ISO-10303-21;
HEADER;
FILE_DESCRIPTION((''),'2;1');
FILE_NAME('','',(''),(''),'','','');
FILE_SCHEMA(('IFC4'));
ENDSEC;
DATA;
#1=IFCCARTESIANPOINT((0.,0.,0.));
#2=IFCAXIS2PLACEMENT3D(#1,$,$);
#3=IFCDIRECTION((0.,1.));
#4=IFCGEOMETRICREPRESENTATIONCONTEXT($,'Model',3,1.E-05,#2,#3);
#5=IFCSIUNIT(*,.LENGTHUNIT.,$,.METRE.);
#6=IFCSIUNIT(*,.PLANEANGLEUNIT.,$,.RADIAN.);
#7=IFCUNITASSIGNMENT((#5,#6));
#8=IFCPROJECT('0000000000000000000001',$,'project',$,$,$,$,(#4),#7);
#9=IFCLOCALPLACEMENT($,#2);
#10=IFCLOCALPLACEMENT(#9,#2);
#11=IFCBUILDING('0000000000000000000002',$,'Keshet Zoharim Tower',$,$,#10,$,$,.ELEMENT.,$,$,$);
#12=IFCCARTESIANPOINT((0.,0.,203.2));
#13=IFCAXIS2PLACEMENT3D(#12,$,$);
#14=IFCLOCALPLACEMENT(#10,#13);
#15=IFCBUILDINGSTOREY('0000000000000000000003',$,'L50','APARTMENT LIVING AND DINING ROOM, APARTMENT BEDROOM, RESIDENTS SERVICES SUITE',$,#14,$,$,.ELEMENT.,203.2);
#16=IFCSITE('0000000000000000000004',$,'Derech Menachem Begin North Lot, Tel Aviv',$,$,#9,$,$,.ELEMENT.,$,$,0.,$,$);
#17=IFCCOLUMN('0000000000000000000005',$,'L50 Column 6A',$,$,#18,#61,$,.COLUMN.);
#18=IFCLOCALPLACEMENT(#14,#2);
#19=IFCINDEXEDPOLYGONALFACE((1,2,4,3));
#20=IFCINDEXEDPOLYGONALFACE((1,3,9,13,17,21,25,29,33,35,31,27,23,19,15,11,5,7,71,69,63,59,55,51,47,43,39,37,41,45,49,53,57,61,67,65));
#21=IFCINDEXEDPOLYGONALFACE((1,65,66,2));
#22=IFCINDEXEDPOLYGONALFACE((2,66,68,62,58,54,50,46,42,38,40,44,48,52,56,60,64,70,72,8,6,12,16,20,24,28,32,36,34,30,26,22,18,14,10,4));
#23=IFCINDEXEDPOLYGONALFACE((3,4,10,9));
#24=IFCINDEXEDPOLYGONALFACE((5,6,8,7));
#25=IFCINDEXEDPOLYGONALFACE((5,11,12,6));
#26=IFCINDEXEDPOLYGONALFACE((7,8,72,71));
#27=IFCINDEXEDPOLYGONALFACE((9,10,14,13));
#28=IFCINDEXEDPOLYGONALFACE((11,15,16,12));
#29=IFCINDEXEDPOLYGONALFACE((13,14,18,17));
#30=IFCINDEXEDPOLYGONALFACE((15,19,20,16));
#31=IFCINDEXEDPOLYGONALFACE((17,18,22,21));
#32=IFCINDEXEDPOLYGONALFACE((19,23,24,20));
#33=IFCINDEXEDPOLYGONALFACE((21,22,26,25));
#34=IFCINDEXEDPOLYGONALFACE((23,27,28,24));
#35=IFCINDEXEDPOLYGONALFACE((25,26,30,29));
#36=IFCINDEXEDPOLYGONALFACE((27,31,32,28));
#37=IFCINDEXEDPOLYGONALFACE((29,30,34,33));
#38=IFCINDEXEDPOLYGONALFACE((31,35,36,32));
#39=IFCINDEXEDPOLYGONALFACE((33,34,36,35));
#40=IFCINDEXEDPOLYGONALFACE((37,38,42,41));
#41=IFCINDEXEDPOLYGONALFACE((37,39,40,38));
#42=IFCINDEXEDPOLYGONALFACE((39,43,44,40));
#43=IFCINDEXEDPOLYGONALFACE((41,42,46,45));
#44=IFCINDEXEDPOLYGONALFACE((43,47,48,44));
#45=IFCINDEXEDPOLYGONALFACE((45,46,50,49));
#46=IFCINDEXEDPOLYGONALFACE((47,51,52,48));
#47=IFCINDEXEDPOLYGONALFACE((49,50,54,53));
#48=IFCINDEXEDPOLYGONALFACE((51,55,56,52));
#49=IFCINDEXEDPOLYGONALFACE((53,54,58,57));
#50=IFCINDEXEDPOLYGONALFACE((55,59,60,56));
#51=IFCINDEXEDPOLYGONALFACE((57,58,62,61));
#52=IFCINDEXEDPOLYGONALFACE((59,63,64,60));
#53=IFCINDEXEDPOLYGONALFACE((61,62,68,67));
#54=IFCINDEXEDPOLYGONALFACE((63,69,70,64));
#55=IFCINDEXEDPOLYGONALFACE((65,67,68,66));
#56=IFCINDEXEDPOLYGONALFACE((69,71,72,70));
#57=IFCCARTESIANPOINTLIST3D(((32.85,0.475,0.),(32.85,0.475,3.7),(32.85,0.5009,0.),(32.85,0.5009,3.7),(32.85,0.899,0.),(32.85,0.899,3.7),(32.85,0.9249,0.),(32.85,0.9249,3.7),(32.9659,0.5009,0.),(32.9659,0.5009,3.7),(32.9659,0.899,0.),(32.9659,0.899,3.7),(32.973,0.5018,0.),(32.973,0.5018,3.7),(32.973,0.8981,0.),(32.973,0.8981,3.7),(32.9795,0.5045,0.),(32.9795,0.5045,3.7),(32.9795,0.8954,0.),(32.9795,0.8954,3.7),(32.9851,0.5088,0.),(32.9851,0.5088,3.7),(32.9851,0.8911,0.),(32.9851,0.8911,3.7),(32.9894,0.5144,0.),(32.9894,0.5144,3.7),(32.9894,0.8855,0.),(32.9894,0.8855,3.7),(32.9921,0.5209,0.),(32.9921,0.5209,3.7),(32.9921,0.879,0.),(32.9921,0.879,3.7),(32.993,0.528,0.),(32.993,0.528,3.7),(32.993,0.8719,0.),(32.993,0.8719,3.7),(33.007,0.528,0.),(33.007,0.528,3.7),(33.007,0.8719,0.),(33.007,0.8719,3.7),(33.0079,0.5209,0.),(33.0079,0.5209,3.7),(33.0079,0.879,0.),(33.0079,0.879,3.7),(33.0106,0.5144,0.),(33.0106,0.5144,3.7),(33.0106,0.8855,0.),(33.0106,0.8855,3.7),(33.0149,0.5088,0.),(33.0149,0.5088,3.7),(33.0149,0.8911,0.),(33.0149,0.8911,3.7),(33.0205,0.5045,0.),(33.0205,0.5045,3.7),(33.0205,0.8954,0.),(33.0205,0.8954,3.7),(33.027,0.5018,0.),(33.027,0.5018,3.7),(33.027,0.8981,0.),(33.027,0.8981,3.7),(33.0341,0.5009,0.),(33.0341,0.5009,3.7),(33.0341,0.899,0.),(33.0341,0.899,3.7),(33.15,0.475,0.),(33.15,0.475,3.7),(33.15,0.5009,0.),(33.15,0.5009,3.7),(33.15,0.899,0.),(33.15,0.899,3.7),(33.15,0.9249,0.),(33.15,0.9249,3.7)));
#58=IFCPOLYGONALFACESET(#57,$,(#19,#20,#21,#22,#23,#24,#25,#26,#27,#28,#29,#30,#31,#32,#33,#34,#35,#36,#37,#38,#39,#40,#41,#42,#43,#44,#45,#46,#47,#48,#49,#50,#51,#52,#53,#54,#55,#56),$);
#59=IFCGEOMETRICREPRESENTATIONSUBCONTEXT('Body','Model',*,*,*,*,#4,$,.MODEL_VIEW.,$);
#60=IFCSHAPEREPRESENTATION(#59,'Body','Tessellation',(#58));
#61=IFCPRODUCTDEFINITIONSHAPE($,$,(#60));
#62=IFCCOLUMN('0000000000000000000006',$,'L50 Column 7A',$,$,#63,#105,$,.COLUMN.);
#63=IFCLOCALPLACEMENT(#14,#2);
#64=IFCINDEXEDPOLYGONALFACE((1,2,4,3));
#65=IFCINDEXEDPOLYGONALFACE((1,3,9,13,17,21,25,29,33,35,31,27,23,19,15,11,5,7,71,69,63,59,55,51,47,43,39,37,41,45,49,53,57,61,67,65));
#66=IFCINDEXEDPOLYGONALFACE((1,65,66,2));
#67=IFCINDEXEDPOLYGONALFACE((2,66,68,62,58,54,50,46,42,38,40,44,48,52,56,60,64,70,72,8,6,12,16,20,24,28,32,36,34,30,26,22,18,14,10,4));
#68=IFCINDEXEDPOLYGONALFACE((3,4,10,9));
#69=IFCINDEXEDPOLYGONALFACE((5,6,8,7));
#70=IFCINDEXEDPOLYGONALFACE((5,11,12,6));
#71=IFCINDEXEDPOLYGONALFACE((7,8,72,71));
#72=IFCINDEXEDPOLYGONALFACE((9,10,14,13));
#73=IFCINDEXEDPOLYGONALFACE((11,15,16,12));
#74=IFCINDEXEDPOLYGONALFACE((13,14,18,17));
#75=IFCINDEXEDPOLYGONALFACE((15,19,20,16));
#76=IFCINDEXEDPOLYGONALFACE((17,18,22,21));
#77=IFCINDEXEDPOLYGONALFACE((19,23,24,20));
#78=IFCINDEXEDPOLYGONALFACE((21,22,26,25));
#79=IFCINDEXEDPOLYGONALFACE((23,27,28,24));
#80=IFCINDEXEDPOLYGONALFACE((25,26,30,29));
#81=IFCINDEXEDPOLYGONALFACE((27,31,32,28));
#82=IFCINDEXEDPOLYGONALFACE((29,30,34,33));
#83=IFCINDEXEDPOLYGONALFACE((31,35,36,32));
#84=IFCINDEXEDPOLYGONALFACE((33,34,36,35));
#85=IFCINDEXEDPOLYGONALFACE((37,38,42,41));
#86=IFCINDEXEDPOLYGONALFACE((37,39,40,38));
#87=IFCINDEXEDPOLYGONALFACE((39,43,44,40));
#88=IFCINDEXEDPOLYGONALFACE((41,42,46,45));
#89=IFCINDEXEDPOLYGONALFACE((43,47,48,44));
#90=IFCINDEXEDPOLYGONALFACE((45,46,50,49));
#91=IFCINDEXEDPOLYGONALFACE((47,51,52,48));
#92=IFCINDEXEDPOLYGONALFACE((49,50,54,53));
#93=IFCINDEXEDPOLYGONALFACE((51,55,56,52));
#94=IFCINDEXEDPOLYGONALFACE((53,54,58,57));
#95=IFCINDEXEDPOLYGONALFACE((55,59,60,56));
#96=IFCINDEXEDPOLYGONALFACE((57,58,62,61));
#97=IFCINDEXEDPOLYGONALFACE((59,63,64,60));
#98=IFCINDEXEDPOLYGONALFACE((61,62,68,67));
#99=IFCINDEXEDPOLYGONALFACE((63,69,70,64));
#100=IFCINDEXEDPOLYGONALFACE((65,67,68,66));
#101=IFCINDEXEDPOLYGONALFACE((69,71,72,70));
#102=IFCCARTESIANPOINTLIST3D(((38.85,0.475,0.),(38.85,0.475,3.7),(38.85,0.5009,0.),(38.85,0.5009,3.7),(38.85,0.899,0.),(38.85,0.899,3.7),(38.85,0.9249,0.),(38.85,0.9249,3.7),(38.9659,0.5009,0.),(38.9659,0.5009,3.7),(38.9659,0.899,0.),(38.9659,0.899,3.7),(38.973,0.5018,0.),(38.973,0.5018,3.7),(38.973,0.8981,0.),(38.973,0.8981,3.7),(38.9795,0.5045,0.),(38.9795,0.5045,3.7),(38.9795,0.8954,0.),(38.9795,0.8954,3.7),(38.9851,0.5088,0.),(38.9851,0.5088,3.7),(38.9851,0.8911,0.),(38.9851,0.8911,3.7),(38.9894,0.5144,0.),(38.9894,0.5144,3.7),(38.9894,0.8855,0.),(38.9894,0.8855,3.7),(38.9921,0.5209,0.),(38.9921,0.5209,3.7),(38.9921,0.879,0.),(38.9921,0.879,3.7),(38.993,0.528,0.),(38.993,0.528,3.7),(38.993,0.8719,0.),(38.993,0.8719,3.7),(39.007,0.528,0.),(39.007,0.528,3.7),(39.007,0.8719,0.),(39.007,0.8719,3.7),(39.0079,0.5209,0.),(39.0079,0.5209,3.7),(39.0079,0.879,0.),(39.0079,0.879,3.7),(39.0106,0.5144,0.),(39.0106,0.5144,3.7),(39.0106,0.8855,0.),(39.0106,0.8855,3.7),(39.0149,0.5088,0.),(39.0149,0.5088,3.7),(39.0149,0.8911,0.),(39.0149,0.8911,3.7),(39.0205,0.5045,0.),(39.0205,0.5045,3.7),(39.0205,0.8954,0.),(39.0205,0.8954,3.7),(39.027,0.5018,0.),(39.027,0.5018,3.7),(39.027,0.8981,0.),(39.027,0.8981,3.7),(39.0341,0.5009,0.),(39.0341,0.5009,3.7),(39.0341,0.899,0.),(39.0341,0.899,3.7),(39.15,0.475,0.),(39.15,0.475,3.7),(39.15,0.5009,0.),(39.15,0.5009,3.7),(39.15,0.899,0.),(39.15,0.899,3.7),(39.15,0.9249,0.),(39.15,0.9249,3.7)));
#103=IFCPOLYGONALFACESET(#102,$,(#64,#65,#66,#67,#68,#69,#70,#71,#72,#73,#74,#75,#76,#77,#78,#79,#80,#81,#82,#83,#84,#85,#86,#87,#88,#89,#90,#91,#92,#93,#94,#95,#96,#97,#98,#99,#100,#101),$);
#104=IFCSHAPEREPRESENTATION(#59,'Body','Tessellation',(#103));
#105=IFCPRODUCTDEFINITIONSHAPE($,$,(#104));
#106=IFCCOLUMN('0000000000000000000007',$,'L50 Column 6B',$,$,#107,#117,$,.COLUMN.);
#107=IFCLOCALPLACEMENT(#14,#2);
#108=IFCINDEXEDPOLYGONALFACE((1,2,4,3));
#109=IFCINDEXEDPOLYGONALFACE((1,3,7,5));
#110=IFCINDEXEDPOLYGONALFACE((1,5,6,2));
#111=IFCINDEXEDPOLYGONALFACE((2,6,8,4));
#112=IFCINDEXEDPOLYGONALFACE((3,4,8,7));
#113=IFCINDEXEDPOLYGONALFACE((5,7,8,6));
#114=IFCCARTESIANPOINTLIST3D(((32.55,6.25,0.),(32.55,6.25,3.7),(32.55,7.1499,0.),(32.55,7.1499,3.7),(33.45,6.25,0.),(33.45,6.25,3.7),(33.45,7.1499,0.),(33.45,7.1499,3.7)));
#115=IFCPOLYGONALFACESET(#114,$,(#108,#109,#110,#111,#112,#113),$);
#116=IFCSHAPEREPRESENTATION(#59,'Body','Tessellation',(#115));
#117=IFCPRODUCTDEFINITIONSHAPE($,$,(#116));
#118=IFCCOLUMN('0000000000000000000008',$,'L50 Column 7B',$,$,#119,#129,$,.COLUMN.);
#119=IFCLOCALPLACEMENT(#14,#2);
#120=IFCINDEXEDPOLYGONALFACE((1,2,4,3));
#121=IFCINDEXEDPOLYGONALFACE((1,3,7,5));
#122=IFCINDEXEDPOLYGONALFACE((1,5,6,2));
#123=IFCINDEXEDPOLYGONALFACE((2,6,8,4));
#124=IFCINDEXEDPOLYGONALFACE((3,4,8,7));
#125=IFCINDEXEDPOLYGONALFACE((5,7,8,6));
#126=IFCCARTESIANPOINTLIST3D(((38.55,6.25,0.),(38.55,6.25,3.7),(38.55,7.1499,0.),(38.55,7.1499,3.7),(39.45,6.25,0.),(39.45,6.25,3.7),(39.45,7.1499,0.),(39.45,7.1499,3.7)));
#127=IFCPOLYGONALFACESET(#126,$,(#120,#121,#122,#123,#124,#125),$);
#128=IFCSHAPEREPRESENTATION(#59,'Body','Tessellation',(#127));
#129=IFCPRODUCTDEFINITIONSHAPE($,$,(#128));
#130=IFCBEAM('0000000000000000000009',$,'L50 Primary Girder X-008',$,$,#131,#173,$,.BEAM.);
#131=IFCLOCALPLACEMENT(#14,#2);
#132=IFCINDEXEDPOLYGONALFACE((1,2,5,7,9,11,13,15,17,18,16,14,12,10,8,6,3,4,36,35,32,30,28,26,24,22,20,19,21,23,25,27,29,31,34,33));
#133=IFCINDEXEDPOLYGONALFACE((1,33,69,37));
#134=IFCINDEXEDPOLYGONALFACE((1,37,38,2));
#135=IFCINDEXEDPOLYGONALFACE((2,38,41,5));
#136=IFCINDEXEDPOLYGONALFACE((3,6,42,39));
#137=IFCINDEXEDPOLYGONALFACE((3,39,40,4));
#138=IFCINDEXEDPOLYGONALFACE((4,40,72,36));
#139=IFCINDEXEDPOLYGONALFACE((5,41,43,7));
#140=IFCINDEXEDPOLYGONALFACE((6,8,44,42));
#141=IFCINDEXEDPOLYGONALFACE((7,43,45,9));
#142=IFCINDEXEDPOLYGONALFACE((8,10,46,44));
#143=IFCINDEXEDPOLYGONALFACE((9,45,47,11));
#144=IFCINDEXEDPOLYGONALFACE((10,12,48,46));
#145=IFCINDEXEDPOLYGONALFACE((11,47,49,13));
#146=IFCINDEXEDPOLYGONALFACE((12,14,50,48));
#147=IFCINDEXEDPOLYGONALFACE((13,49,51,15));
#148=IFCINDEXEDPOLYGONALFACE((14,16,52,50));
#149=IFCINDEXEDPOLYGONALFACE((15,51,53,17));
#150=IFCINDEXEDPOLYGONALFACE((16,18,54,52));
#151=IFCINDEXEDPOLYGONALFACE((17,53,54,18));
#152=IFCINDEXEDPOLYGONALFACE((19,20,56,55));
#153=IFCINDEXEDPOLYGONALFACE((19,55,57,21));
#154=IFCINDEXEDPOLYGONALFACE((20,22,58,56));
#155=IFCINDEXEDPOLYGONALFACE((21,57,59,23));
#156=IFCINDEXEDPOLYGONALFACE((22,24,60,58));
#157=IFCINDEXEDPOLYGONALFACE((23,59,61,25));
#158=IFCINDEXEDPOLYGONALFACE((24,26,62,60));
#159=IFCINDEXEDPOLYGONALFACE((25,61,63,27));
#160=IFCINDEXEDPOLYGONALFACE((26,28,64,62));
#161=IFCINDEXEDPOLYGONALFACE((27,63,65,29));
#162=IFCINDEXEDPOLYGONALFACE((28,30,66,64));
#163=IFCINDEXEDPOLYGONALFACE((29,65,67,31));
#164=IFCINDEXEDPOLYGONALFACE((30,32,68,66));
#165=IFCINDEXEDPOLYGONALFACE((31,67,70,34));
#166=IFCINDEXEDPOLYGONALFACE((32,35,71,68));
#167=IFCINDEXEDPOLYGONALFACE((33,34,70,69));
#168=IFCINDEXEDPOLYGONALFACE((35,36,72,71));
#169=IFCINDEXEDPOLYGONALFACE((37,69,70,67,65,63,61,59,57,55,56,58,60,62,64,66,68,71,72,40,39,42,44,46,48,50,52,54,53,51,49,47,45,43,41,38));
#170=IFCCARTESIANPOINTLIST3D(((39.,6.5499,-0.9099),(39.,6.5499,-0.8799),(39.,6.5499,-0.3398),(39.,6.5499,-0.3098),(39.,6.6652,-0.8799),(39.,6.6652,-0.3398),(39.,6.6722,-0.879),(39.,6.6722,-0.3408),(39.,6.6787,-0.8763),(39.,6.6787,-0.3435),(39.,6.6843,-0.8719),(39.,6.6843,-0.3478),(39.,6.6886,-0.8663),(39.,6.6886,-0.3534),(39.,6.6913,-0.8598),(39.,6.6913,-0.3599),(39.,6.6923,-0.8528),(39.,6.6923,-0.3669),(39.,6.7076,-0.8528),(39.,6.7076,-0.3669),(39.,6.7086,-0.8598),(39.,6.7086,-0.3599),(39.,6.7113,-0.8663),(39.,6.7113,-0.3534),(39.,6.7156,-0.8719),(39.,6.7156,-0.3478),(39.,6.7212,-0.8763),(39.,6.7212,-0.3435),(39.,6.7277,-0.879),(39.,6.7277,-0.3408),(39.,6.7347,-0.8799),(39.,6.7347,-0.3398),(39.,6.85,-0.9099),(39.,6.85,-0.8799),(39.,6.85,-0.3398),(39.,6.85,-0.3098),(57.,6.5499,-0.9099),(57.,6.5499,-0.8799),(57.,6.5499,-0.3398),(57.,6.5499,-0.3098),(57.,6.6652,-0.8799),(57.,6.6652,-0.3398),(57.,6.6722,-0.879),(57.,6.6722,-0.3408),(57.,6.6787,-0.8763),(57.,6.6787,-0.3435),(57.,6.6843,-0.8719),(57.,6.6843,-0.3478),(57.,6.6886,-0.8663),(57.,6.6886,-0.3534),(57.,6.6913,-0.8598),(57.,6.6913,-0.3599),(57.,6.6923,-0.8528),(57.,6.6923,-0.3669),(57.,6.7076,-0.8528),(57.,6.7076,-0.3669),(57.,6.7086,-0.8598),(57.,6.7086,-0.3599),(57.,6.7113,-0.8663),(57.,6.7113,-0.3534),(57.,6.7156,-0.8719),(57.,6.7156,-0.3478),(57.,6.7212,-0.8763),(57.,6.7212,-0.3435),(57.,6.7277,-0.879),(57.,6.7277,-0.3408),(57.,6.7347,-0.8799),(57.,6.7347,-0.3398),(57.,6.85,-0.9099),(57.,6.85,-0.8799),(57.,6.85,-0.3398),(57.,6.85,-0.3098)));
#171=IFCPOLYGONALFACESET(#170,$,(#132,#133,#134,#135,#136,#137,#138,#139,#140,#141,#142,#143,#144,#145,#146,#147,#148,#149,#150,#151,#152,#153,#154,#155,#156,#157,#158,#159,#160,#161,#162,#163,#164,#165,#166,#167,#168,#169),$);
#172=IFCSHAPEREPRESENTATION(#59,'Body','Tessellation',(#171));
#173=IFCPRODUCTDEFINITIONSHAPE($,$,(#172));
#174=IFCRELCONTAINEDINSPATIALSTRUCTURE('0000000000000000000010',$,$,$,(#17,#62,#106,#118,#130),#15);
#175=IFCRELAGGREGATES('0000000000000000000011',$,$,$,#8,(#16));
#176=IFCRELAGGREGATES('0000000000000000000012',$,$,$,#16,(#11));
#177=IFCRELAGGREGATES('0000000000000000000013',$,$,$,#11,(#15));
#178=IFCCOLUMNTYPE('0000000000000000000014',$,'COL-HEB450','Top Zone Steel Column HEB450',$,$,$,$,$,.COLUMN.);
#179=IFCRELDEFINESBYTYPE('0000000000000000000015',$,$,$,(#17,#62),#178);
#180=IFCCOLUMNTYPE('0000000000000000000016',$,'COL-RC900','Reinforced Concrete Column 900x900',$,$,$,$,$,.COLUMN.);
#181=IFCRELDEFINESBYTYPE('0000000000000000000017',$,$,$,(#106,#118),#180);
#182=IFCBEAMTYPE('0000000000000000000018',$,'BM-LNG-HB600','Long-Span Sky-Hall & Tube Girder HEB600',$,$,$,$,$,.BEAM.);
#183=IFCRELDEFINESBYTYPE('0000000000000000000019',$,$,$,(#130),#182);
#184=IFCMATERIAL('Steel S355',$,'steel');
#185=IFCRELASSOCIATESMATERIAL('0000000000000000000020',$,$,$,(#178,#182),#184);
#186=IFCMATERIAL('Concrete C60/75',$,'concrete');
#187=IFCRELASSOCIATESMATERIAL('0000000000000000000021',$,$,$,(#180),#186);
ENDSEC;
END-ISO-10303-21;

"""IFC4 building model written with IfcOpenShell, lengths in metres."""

from ifc_helpers import new_model, si_unit, direction, frame, origin, origin_2d, place, context, subcontext, project, spatial, rectangle, i_section, extrude, material, material_profile, profile_set, type_object, element, save


model = new_model("IFC4")

# Units and contexts
model_context = context("Model", 3, precision=1e-05, world=origin(), true_north=direction((0.0, 1.0)))
body_context = subcontext(model_context, "Body", "Model", "MODEL_VIEW")
ifc_project = project(units=[si_unit("LENGTHUNIT", "METRE"), si_unit("PLANEANGLEUNIT", "RADIAN")], contexts=[model_context])

# Site, building, storey
site_placement = place(None, origin())
site = spatial("IfcSite", under=ifc_project, at=site_placement, Name="Derech Menachem Begin North Lot, Tel Aviv", CompositionType="ELEMENT", RefElevation=0.0)
building_placement = place(site_placement, origin())
building = spatial("IfcBuilding", under=site, at=building_placement, Name="Keshet Zoharim Tower", CompositionType="ELEMENT")
storey_placement = place(building_placement, frame((0.0, 0.0, 203.2)))
storey = spatial("IfcBuildingStorey", under=building, at=storey_placement, Name="L50", Description="APARTMENT LIVING AND DINING ROOM, APARTMENT BEDROOM, RESIDENTS SERVICES SUITE", CompositionType="ELEMENT", Elevation=203.2)

# Columns
ifc_material_1 = material(Name="Steel S355", Category="steel")
ifc_material_profile_1 = material_profile(ifc_material_1, i_section(OverallWidth=0.3, OverallDepth=0.45, WebThickness=0.0139, FlangeThickness=0.0259, FilletRadius=0.0271, at=origin_2d()), Name="HEB450")
ifc_profile_set_1 = profile_set([ifc_material_profile_1], Name="Steel S355")
column_type_1 = type_object("IfcColumnType", Name="COL-HEB450", Description="Top Zone Steel Column HEB450", PredefinedType="COLUMN", material=ifc_profile_set_1)
for number, where, z_axis, x_axis, name in (
    (1, (33.0, 0.7, 0.0), (0.0, 0.0, 1.0), (1.0, 0.0, 0.0), "L50 Column 6A"),
    (2, (39.0, 0.7, 0.0), (0.0, 0.0, 1.0), (1.0, 0.0, 0.0), "L50 Column 7A"),
):
    element("IfcColumn", number, at=place(storey_placement, frame(where, z_axis=z_axis, x_axis=x_axis)), inside=storey, type_object=column_type_1, Name=name, PredefinedType="COLUMN", context=body_context, shape_type="SweptSolid", body=[
        extrude(i_section(OverallWidth=0.3, OverallDepth=0.45, WebThickness=0.0139, FlangeThickness=0.0259, FilletRadius=0.0271, at=origin_2d()), origin(), (0.0, 0.0, 1.0), 3.7),
    ])
ifc_material_2 = material(Name="Concrete C60/75", Category="concrete")
ifc_material_profile_2 = material_profile(ifc_material_2, rectangle(XDim=0.8999, YDim=0.8999, at=origin_2d()), Name="RC900x900")
ifc_profile_set_2 = profile_set([ifc_material_profile_2], Name="Concrete C60/75")
column_type_2 = type_object("IfcColumnType", Name="COL-RC900", Description="Reinforced Concrete Column 900x900", PredefinedType="COLUMN", material=ifc_profile_set_2)
for number, where, z_axis, x_axis, name in (
    (3, (33.0, 6.7, 0.0), (0.0, 0.0, 1.0), (1.0, 0.0, 0.0), "L50 Column 6B"),
    (4, (39.0, 6.7, 0.0), (0.0, 0.0, 1.0), (1.0, 0.0, 0.0), "L50 Column 7B"),
):
    element("IfcColumn", number, at=place(storey_placement, frame(where, z_axis=z_axis, x_axis=x_axis)), inside=storey, type_object=column_type_2, Name=name, PredefinedType="COLUMN", context=body_context, shape_type="SweptSolid", body=[
        extrude(rectangle(XDim=0.8999, YDim=0.8999, at=origin_2d()), origin(), (0.0, 0.0, 1.0), 3.7),
    ])

# Beam
ifc_material_profile_3 = material_profile(ifc_material_1, i_section(OverallWidth=0.3, OverallDepth=0.6001, WebThickness=0.0154, FlangeThickness=0.03, FilletRadius=0.0271, at=origin_2d()), Name="HEB600")
ifc_profile_set_3 = profile_set([ifc_material_profile_3], Name="Steel S355")
beam_type_1 = type_object("IfcBeamType", Name="BM-LNG-HB600", Description="Long-Span Sky-Hall & Tube Girder HEB600", PredefinedType="BEAM", material=ifc_profile_set_3)
beam_placement = place(storey_placement, frame((39.0, 6.7, -0.6099), z_axis=(1.0, 0.0, 0.0), x_axis=(0.0, 1.0, 0.0)))
element("IfcBeam", 5, at=beam_placement, inside=storey, type_object=beam_type_1, Name="L50 Primary Girder X-008", PredefinedType="BEAM", context=body_context, shape_type="SweptSolid", body=[
    extrude(i_section(OverallWidth=0.3, OverallDepth=0.6001, WebThickness=0.0154, FlangeThickness=0.03, FilletRadius=0.0271, at=origin_2d()), origin(), (0.0, 0.0, 1.0), 18.0),
])

save(model, "model.ifc")
